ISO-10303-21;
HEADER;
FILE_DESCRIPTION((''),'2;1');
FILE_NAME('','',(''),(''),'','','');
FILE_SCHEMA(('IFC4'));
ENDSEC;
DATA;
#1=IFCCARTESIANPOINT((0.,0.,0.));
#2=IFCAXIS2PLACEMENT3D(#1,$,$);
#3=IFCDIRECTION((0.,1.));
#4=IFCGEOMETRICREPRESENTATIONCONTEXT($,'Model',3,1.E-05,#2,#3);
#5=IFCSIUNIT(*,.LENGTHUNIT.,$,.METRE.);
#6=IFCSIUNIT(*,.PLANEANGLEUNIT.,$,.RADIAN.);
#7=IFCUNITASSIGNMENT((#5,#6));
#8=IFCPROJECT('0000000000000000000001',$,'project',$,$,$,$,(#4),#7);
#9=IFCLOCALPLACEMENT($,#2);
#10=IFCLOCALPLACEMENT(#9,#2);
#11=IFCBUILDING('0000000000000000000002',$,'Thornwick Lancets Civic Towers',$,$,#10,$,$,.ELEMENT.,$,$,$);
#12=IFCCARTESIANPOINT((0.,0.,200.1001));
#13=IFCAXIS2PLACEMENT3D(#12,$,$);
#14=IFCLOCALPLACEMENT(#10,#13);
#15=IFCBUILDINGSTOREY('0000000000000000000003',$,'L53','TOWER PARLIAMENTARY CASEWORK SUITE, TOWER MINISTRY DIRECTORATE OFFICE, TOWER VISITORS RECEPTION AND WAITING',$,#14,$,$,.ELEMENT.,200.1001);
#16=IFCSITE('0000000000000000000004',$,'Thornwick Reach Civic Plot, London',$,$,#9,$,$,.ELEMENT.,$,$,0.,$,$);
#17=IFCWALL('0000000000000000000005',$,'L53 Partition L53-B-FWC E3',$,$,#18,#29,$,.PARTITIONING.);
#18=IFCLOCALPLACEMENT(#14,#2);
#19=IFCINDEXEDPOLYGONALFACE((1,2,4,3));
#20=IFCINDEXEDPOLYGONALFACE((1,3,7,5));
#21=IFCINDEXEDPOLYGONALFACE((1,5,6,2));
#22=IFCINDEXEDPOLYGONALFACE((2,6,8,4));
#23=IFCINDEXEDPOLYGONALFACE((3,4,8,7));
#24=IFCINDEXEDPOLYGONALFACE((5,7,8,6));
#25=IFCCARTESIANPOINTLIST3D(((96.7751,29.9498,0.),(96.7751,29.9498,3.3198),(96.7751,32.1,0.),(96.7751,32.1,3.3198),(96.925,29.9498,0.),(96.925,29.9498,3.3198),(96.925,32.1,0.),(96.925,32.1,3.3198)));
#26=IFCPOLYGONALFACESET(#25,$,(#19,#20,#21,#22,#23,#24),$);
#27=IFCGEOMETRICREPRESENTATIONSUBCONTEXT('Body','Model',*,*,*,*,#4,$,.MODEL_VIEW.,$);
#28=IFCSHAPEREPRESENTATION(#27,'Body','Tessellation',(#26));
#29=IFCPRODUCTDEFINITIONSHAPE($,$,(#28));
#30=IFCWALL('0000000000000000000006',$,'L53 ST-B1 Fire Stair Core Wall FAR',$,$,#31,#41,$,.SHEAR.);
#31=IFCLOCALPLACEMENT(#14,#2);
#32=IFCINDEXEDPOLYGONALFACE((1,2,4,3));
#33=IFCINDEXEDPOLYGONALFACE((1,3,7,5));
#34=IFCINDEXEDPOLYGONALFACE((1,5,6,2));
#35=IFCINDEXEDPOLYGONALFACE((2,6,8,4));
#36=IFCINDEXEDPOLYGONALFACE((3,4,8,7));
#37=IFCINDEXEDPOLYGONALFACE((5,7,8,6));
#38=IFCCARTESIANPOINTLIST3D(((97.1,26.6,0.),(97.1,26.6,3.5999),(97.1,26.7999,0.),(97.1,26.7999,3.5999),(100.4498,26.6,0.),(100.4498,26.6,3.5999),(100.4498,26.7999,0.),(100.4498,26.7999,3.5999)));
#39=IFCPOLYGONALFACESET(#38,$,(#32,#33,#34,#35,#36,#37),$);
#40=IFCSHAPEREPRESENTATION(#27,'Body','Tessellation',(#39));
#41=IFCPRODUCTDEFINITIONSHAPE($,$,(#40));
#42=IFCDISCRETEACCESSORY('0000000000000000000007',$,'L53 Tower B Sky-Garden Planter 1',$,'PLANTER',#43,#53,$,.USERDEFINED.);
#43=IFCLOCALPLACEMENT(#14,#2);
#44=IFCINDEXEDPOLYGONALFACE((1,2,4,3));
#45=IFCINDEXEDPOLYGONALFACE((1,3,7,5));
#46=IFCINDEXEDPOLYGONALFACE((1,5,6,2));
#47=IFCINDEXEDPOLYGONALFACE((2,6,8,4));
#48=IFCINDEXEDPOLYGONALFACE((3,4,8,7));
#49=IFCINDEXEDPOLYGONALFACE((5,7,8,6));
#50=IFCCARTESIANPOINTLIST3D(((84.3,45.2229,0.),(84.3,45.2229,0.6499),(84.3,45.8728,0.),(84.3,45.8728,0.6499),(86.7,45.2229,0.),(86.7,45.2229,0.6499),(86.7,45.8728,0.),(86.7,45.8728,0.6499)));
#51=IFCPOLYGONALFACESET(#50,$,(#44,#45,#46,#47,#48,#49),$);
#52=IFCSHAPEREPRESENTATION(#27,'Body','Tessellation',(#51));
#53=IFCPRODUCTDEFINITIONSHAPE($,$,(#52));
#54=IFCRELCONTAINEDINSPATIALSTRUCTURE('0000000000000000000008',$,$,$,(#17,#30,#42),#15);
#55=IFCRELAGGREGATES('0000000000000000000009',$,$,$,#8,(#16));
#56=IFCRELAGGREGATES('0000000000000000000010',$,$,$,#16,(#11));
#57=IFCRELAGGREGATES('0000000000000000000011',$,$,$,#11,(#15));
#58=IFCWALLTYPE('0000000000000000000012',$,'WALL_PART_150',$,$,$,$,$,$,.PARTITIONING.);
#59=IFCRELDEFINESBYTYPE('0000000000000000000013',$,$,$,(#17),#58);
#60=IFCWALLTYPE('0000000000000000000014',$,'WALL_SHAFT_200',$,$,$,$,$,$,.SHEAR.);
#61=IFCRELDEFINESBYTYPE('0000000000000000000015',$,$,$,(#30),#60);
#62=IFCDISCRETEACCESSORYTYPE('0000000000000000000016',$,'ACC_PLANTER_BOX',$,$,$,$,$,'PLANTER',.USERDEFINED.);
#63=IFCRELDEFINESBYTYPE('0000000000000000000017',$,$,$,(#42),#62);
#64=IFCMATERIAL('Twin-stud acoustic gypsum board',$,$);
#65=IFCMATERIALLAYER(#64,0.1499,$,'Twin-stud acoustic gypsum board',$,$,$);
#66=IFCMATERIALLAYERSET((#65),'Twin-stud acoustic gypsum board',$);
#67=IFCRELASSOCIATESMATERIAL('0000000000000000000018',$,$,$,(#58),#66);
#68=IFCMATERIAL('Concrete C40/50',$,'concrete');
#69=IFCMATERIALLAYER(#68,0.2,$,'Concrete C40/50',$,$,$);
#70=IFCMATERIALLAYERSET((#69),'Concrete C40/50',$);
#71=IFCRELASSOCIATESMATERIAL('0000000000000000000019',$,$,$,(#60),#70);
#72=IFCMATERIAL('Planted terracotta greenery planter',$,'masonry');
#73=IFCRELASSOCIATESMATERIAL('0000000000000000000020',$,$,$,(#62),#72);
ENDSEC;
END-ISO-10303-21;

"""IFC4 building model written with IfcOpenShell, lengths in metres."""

from ifc_helpers import new_model, si_unit, direction, frame, frame_2d, origin, origin_2d, place, context, subcontext, project, spatial, rectangle, extrude, material, layer, layer_set, type_object, element, save


model = new_model("IFC4")

# Units and contexts
model_context = context("Model", 3, precision=1e-05, world=origin(), true_north=direction((0.0, 1.0)))
body_context = subcontext(model_context, "Body", "Model", "MODEL_VIEW")
ifc_project = project(units=[si_unit("LENGTHUNIT", "METRE"), si_unit("PLANEANGLEUNIT", "RADIAN")], contexts=[model_context])

# Site, building, storey
site_placement = place(None, origin())
site = spatial("IfcSite", under=ifc_project, at=site_placement, Name="Thornwick Reach Civic Plot, London", CompositionType="ELEMENT", RefElevation=0.0)
building_placement = place(site_placement, origin())
building = spatial("IfcBuilding", under=site, at=building_placement, Name="Thornwick Lancets Civic Towers", CompositionType="ELEMENT")
storey_placement = place(building_placement, frame((0.0, 0.0, 200.1001)))
storey = spatial("IfcBuildingStorey", under=building, at=storey_placement, Name="L53", Description="TOWER PARLIAMENTARY CASEWORK SUITE, TOWER MINISTRY DIRECTORATE OFFICE, TOWER VISITORS RECEPTION AND WAITING", CompositionType="ELEMENT", Elevation=200.1001)

# Shared definitions
ifc_material_1 = material(Name="Twin-stud acoustic gypsum board")
ifc_layer_1 = layer(ifc_material_1, 0.1499, Name="Twin-stud acoustic gypsum board")
ifc_layer_set_1 = layer_set([ifc_layer_1], Name="Twin-stud acoustic gypsum board")
wall_type_1 = type_object("IfcWallType", Name="WALL_PART_150", PredefinedType="PARTITIONING", material=ifc_layer_set_1)

# Walls
wall_1_placement = place(storey_placement, frame((96.8501, 32.1001, 0.0), z_axis=(0.0, 0.0, 1.0), x_axis=(0.0, -1.0, 0.0)))
element("IfcWall", 1, at=wall_1_placement, inside=storey, type_object=wall_type_1, Name="L53 Partition L53-B-FWC E3", PredefinedType="PARTITIONING", context=body_context, shape_type="SweptSolid", body=[
    extrude(rectangle(XDim=2.1501, YDim=0.1499, at=frame_2d((1.0752, 0.0))), origin(), (0.0, 0.0, 1.0), 3.3198),
])
ifc_material_2 = material(Name="Concrete C40/50", Category="concrete")
ifc_layer_2 = layer(ifc_material_2, 0.2, Name="Concrete C40/50")
ifc_layer_set_2 = layer_set([ifc_layer_2], Name="Concrete C40/50")
wall_type_2 = type_object("IfcWallType", Name="WALL_SHAFT_200", PredefinedType="SHEAR", material=ifc_layer_set_2)
wall_2_placement = place(storey_placement, frame((97.1001, 26.7, 0.0), z_axis=(0.0, 0.0, 1.0), x_axis=(1.0, 0.0, 0.0)))
element("IfcWall", 2, at=wall_2_placement, inside=storey, type_object=wall_type_2, Name="L53 ST-B1 Fire Stair Core Wall FAR", PredefinedType="SHEAR", context=body_context, shape_type="SweptSolid", body=[
    extrude(rectangle(XDim=3.3499, YDim=0.2, at=frame_2d((1.6748, 0.0))), origin(), (0.0, 0.0, 1.0), 3.5999),
])

# Discrete accessory
ifc_material_3 = material(Name="Planted terracotta greenery planter", Category="masonry")
discrete_accessory_type = type_object("IfcDiscreteAccessoryType", Name="ACC_PLANTER_BOX", ElementType="PLANTER", PredefinedType="USERDEFINED", material=ifc_material_3)
discrete_accessory_placement = place(storey_placement, frame((85.5, 45.5479, 0.0), z_axis=(0.0, 0.0, 1.0), x_axis=(1.0, 0.0, 0.0)))
element("IfcDiscreteAccessory", 3, at=discrete_accessory_placement, inside=storey, type_object=discrete_accessory_type, Name="L53 Tower B Sky-Garden Planter 1", ObjectType="PLANTER", PredefinedType="USERDEFINED", context=body_context, shape_type="SweptSolid", body=[
    extrude(rectangle(XDim=2.3999, YDim=0.6499, at=origin_2d()), origin(), (0.0, 0.0, 1.0), 0.6499),
])

save(model, "model.ifc")
